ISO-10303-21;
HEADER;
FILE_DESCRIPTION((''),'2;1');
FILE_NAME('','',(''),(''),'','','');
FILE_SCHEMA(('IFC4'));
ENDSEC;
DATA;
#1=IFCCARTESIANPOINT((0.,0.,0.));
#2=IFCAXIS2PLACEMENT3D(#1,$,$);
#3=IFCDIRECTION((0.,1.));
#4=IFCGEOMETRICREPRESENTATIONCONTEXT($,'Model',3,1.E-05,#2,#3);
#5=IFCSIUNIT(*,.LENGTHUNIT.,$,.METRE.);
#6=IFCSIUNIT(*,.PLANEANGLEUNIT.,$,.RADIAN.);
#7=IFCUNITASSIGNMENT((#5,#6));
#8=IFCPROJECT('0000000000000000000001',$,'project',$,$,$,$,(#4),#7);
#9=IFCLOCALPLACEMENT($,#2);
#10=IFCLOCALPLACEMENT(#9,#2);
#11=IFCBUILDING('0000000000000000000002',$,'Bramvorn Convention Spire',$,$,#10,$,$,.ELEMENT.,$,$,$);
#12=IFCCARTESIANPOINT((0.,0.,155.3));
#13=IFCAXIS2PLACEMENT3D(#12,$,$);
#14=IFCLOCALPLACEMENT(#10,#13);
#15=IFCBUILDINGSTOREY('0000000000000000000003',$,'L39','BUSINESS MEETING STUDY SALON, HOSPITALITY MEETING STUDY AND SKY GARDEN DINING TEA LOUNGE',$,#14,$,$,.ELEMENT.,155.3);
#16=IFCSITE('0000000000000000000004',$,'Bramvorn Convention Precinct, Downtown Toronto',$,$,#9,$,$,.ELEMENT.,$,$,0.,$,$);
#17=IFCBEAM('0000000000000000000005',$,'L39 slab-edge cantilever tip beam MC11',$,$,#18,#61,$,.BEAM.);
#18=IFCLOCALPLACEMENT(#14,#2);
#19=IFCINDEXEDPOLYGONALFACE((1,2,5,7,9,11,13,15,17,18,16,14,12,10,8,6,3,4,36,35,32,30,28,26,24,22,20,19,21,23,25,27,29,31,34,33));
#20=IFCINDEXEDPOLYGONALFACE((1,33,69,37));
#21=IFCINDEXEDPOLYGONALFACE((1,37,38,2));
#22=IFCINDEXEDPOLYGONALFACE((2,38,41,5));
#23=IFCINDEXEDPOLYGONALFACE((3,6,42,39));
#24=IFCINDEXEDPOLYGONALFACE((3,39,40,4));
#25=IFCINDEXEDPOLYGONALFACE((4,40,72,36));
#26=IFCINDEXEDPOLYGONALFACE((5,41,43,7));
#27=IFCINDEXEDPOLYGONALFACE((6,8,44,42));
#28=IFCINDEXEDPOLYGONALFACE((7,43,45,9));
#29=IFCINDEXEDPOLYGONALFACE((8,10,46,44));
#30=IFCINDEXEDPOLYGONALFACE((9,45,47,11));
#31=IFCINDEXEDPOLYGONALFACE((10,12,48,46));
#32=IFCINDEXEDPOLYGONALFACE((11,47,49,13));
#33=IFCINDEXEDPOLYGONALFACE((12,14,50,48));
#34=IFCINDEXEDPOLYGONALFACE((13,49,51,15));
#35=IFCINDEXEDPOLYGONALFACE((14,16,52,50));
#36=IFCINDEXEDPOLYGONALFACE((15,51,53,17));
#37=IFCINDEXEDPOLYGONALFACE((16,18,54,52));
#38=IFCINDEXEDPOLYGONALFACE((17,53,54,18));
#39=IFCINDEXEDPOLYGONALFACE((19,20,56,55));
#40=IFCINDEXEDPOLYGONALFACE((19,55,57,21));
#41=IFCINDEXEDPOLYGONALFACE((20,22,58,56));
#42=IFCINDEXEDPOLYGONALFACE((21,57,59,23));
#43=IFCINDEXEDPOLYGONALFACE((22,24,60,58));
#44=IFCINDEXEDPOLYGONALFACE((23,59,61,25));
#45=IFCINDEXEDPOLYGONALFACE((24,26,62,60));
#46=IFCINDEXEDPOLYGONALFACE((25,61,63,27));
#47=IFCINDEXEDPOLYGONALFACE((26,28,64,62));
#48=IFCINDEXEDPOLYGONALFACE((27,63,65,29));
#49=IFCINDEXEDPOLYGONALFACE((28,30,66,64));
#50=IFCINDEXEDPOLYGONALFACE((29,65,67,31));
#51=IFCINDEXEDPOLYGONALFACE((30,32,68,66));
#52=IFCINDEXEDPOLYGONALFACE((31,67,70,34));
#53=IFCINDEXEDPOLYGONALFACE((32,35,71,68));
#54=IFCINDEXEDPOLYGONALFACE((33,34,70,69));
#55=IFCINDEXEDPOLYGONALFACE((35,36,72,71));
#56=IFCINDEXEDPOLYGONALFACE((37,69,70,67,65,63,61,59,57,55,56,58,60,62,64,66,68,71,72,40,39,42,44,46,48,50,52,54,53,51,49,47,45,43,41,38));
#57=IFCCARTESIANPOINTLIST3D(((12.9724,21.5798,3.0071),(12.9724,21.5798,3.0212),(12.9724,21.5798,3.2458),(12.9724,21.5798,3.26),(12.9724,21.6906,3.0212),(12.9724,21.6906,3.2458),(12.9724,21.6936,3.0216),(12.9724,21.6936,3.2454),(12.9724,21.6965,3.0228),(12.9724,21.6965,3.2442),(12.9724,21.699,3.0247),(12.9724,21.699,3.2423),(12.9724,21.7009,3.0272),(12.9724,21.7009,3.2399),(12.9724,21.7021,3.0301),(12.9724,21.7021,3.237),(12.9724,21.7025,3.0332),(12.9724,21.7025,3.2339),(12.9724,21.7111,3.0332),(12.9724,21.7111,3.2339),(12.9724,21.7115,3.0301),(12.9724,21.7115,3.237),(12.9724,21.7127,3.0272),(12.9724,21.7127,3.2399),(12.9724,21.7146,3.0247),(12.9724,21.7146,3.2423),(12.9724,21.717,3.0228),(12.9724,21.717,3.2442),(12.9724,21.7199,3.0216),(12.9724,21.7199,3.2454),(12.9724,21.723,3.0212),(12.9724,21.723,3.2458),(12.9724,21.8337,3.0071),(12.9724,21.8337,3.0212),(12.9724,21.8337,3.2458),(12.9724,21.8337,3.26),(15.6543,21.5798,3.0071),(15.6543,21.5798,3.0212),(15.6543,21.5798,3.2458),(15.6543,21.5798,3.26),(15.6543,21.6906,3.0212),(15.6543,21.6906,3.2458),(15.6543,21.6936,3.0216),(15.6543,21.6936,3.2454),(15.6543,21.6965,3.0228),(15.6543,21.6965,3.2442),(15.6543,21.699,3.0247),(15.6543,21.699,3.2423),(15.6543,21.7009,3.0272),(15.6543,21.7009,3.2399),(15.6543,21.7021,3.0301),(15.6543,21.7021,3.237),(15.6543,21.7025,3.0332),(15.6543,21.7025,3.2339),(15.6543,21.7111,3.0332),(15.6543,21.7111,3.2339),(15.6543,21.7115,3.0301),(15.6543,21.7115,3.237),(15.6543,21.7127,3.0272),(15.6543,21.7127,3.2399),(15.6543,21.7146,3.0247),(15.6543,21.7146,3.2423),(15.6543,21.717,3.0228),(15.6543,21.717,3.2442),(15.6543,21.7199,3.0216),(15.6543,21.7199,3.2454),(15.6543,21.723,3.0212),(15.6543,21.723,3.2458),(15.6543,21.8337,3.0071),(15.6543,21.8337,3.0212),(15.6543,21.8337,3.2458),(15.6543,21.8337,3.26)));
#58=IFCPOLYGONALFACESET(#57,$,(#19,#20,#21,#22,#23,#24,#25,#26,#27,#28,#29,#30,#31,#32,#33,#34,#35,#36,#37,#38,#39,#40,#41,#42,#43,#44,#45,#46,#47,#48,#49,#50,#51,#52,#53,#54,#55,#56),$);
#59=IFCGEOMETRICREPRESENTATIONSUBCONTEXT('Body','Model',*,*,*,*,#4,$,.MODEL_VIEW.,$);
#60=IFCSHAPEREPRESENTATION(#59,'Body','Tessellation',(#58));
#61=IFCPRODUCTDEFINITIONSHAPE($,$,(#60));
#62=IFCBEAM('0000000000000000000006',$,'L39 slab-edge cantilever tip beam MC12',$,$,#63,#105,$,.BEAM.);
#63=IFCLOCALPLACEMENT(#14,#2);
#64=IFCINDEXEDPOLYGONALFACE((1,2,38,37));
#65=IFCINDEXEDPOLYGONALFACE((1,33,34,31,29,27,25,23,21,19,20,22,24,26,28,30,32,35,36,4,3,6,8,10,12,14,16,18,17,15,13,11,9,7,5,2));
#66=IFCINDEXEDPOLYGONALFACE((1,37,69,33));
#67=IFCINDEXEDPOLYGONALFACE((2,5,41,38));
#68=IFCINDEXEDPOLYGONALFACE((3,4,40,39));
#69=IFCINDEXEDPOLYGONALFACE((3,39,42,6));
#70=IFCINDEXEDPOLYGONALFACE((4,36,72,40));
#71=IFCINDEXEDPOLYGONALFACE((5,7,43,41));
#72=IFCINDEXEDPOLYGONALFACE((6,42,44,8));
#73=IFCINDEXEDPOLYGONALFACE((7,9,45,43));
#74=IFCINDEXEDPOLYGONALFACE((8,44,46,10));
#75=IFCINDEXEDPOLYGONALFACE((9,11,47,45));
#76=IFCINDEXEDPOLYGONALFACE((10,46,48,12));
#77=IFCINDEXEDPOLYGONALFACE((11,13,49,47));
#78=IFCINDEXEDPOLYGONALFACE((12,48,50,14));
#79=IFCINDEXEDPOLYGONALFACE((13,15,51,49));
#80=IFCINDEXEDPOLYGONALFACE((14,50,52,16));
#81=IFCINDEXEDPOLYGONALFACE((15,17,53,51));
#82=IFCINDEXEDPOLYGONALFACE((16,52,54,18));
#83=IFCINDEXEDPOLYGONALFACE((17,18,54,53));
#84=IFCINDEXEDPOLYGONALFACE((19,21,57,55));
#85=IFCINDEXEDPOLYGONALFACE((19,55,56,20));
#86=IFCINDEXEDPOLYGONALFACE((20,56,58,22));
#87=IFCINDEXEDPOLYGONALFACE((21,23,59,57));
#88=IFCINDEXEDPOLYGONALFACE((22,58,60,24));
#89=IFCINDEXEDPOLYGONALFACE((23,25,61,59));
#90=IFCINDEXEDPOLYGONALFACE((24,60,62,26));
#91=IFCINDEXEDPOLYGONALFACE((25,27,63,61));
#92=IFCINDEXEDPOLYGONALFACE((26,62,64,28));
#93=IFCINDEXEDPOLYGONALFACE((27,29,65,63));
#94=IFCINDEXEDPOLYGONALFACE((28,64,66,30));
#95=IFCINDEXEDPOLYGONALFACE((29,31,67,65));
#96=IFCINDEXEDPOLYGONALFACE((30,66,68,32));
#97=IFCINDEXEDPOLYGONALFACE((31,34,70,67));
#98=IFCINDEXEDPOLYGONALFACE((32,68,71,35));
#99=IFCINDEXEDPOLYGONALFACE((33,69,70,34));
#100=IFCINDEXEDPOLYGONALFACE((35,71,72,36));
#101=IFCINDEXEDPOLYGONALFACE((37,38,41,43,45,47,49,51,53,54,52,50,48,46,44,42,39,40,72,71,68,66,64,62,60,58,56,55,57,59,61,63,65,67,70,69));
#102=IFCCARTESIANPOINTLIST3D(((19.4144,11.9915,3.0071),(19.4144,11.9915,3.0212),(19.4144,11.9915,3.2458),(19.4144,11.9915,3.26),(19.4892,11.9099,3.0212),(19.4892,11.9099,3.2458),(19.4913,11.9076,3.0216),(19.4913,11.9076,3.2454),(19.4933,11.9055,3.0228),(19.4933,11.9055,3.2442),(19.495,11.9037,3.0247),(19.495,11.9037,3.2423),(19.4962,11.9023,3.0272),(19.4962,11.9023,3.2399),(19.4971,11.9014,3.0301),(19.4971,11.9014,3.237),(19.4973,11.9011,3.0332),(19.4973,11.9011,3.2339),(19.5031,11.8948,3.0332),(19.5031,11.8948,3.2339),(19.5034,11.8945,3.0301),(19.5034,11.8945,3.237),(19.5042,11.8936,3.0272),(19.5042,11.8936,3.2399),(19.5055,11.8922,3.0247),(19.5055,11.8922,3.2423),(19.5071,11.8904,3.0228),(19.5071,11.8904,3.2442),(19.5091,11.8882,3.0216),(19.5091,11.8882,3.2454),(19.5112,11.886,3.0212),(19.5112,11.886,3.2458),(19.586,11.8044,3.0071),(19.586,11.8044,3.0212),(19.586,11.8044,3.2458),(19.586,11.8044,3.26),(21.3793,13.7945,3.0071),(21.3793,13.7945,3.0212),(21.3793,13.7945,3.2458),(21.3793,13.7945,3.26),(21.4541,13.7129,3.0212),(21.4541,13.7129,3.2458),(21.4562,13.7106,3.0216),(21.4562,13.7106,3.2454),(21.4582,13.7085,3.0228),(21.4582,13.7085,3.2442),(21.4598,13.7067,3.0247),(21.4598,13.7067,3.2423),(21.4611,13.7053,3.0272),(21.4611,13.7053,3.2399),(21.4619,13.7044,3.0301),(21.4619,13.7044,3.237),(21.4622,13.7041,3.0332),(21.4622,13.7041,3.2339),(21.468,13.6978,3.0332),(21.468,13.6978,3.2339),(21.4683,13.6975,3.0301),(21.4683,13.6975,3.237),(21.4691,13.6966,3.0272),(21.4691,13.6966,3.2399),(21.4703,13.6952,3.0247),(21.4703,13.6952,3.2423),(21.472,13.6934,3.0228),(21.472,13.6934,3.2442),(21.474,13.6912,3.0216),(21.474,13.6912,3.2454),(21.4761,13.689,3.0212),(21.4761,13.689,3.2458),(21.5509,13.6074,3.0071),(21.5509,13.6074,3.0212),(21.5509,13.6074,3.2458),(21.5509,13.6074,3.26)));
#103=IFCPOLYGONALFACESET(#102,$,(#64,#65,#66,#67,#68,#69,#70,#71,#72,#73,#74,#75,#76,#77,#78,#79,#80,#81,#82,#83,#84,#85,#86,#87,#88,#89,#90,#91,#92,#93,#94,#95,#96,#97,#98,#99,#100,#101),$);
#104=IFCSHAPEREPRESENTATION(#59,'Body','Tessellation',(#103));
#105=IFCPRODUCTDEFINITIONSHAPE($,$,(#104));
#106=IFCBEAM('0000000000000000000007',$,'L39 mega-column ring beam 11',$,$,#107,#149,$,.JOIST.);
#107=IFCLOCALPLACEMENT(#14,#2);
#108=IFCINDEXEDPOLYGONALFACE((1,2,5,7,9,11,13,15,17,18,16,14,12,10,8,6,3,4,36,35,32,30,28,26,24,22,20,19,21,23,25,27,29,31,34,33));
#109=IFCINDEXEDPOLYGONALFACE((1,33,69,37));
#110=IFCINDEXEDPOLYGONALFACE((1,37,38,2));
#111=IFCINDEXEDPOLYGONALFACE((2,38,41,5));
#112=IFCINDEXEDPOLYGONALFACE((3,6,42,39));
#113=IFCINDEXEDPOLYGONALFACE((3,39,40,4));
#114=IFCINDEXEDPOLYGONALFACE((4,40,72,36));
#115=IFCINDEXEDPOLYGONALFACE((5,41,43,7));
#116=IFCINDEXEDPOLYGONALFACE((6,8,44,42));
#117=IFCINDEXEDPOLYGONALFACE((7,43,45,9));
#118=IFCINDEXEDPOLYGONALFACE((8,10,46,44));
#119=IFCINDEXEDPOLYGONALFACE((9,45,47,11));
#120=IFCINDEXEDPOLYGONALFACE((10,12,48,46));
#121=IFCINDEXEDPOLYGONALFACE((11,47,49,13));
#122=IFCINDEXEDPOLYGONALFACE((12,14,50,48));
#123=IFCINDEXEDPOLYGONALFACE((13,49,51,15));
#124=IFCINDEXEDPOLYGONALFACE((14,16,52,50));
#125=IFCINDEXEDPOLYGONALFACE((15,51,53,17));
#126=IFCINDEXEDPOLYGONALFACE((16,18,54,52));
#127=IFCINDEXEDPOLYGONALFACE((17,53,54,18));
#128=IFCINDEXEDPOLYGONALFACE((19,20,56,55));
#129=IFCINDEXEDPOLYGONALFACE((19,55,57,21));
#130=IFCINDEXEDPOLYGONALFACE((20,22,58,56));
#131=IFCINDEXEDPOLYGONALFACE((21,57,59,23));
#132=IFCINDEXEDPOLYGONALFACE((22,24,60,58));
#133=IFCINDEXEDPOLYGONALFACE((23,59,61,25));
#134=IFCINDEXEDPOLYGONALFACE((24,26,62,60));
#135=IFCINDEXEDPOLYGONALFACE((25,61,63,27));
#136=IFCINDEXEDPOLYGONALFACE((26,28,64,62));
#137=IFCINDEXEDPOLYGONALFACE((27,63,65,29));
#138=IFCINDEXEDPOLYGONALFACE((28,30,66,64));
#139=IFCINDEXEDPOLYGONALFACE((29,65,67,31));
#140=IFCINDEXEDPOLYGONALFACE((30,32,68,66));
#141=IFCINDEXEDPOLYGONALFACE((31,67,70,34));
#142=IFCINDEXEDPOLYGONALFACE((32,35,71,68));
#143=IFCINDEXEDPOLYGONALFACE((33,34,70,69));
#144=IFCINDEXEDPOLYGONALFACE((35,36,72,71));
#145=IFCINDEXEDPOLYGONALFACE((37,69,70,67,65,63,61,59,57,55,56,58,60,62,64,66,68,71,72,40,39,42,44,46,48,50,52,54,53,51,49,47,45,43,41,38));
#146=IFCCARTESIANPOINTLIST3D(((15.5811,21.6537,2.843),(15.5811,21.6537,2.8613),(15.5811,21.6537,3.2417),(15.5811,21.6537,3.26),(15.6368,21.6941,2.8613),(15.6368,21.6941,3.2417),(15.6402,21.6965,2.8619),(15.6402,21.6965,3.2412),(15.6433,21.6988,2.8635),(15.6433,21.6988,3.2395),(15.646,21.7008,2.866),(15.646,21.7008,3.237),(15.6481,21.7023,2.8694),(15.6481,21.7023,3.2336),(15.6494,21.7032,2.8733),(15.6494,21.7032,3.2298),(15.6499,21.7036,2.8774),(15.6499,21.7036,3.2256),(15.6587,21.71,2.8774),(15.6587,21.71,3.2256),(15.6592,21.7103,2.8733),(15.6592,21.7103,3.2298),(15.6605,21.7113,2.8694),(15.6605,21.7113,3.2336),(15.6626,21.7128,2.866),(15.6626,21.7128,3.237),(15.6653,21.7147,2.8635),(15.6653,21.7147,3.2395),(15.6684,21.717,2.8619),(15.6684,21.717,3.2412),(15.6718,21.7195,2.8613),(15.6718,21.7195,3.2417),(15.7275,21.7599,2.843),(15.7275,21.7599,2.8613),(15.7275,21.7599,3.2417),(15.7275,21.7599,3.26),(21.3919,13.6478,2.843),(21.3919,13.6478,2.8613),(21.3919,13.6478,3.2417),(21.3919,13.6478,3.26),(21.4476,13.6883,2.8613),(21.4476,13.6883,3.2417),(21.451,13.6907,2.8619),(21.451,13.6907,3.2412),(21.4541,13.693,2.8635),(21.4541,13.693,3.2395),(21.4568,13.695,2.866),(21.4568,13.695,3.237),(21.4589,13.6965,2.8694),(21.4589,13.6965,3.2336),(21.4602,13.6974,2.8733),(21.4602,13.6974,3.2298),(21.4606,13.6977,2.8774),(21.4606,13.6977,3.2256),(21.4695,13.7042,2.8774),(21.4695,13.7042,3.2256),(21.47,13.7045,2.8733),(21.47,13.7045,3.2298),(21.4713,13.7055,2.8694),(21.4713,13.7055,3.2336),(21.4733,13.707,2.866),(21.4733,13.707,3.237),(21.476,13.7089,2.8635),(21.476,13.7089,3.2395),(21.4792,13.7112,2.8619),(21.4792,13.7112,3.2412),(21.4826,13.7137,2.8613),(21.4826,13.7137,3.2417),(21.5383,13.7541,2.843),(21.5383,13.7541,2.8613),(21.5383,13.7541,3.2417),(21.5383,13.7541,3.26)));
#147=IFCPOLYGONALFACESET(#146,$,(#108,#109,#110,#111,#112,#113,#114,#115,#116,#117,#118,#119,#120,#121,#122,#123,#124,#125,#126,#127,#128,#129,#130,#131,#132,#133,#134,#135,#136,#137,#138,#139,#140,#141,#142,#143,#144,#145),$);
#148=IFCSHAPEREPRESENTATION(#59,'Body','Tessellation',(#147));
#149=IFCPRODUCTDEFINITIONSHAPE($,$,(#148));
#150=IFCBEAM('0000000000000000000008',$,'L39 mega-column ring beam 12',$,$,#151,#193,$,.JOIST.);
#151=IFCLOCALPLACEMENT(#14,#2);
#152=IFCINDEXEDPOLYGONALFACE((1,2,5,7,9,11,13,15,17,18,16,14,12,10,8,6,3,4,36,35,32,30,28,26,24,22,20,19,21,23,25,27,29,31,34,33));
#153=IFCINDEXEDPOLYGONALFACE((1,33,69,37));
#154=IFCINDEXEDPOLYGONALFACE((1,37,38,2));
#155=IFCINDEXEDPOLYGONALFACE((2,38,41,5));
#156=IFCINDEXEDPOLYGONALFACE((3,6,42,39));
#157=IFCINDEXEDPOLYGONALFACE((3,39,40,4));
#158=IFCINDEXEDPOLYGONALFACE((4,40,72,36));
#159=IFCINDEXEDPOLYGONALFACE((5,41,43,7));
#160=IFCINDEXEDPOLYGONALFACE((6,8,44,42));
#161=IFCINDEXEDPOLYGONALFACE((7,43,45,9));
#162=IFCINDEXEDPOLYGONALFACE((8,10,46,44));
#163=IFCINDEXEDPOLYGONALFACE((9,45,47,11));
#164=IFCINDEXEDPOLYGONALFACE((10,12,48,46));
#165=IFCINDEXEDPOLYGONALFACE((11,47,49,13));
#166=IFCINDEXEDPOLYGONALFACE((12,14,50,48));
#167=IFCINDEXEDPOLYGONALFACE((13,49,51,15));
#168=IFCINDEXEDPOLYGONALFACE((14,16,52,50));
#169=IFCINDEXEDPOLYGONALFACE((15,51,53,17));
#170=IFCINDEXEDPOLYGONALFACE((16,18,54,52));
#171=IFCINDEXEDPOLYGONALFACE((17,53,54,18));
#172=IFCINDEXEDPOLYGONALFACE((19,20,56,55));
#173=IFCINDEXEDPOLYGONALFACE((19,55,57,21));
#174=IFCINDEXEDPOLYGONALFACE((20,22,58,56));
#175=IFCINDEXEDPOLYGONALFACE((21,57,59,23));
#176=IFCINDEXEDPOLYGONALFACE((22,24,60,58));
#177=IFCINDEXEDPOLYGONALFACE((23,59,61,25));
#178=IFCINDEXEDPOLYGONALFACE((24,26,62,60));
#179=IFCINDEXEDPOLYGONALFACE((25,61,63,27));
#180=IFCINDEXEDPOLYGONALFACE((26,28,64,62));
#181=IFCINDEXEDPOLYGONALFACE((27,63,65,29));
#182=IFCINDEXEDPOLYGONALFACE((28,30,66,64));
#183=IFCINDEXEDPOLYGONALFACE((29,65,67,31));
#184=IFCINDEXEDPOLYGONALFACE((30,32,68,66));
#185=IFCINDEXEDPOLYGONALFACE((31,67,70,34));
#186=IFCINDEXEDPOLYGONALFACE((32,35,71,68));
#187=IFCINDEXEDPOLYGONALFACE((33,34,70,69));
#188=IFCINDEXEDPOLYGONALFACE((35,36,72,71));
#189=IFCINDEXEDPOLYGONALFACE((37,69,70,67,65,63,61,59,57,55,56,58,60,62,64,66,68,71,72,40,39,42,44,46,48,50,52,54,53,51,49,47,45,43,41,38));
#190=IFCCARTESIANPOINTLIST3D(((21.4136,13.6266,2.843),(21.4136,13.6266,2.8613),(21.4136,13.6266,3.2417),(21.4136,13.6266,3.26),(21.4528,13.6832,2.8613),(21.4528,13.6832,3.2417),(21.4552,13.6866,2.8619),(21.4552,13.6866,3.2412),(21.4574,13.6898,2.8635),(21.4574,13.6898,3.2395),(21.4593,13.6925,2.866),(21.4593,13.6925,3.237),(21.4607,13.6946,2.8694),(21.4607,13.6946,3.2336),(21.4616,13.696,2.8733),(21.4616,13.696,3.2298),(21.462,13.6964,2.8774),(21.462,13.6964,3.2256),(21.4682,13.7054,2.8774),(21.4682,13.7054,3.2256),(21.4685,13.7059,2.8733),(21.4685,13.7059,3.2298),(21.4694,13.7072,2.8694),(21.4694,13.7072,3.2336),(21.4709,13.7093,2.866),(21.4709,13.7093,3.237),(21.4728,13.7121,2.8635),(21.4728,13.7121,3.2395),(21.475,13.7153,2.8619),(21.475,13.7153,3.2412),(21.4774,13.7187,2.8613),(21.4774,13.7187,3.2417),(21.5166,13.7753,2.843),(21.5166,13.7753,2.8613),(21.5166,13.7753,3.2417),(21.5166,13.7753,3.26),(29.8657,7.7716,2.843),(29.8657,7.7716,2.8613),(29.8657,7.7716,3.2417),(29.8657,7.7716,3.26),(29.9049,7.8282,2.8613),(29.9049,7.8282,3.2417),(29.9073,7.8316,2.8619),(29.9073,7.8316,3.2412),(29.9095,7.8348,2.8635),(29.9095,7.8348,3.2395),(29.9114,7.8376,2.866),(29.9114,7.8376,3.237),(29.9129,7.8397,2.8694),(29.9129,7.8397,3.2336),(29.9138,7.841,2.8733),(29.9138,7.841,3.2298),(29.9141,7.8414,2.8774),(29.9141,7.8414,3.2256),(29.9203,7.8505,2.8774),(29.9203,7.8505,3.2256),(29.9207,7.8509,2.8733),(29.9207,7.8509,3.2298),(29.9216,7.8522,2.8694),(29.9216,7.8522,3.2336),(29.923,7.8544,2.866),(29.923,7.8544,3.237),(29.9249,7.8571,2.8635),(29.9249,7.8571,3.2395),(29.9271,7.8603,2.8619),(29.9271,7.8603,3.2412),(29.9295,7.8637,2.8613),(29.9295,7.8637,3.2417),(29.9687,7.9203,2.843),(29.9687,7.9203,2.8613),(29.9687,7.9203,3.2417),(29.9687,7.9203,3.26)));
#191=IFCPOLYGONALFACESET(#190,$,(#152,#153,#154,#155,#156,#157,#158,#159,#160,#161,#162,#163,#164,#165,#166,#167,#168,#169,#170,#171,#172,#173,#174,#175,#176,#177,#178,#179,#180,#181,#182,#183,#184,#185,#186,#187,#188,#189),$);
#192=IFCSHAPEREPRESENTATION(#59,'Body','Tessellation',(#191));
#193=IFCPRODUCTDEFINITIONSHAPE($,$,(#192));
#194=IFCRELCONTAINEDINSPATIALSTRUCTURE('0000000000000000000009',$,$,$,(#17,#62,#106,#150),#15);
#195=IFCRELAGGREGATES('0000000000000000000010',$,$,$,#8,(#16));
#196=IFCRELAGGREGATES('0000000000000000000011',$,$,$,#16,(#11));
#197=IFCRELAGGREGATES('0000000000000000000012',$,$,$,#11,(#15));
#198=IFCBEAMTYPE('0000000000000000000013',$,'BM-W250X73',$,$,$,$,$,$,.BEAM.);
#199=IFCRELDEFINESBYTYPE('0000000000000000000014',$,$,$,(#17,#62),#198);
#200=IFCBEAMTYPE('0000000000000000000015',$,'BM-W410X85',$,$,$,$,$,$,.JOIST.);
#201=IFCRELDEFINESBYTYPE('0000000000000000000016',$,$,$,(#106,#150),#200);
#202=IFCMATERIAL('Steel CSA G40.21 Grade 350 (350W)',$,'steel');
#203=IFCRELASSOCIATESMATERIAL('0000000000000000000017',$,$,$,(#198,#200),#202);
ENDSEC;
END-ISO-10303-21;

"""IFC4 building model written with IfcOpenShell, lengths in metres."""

from ifc_helpers import new_model, si_unit, direction, frame, origin, origin_2d, place, context, subcontext, project, spatial, i_section, extrude, material, material_profile, profile_set, type_object, element, save


model = new_model("IFC4")

# Units and contexts
model_context = context("Model", 3, precision=1e-05, world=origin(), true_north=direction((0.0, 1.0)))
body_context = subcontext(model_context, "Body", "Model", "MODEL_VIEW")
ifc_project = project(units=[si_unit("LENGTHUNIT", "METRE"), si_unit("PLANEANGLEUNIT", "RADIAN")], contexts=[model_context])

# Site, building, storey
site_placement = place(None, origin())
site = spatial("IfcSite", under=ifc_project, at=site_placement, Name="Bramvorn Convention Precinct, Downtown Toronto", CompositionType="ELEMENT", RefElevation=0.0)
building_placement = place(site_placement, origin())
building = spatial("IfcBuilding", under=site, at=building_placement, Name="Bramvorn Convention Spire", CompositionType="ELEMENT")
storey_placement = place(building_placement, frame((0.0, 0.0, 155.3)))
storey = spatial("IfcBuildingStorey", under=building, at=storey_placement, Name="L39", Description="BUSINESS MEETING STUDY SALON, HOSPITALITY MEETING STUDY AND SKY GARDEN DINING TEA LOUNGE", CompositionType="ELEMENT", Elevation=155.3)

# Shared definitions
ifc_material_1 = material(Name="Steel CSA G40.21 Grade 350 (350W)", Category="steel")

# Beams
ifc_material_profile_1 = material_profile(ifc_material_1, i_section(OverallWidth=0.2539, OverallDepth=0.2529, WebThickness=0.0085, FlangeThickness=0.0142, FilletRadius=0.012, at=origin_2d()))
ifc_profile_set_1 = profile_set([ifc_material_profile_1], Name="Steel CSA G40.21 Grade 350 (350W) - W250X73")
beam_type_1 = type_object("IfcBeamType", Name="BM-W250X73", PredefinedType="BEAM", material=ifc_profile_set_1)
beam_1_placement = place(storey_placement, frame((15.6543, 21.7068, 3.1335), z_axis=(-1.0, 0.0, 0.0), x_axis=(0.0, -1.0, 0.0)))
element("IfcBeam", 1, at=beam_1_placement, inside=storey, type_object=beam_type_1, Name="L39 slab-edge cantilever tip beam MC11", PredefinedType="BEAM", context=body_context, shape_type="SweptSolid", body=[
    extrude(i_section(OverallWidth=0.2539, OverallDepth=0.2529, WebThickness=0.0085, FlangeThickness=0.0142, FilletRadius=0.012, at=origin_2d()), origin(), (0.0, 0.0, 1.0), 2.6819),
])
beam_2_placement = place(storey_placement, frame((21.4651, 13.7009, 3.1335), z_axis=(-0.736804, -0.676106, 0.0), x_axis=(0.676106, -0.736804, 0.0)))
element("IfcBeam", 2, at=beam_2_placement, inside=storey, type_object=beam_type_1, Name="L39 slab-edge cantilever tip beam MC12", PredefinedType="BEAM", context=body_context, shape_type="SweptSolid", body=[
    extrude(i_section(OverallWidth=0.2539, OverallDepth=0.2529, WebThickness=0.0085, FlangeThickness=0.0142, FilletRadius=0.012, at=origin_2d()), origin(), (0.0, 0.0, 1.0), 2.6667),
])
ifc_material_profile_2 = material_profile(ifc_material_1, i_section(OverallWidth=0.1809, OverallDepth=0.417, WebThickness=0.011, FlangeThickness=0.0183, FilletRadius=0.0161, at=origin_2d()))
ifc_profile_set_2 = profile_set([ifc_material_profile_2], Name="Steel CSA G40.21 Grade 350 (350W) - W410X85")
beam_type_2 = type_object("IfcBeamType", Name="BM-W410X85", PredefinedType="JOIST", material=ifc_profile_set_2)
beam_3_placement = place(storey_placement, frame((15.6543, 21.7068, 3.0515), z_axis=(0.587401, -0.809296, 0.0), x_axis=(0.809296, 0.587401, 0.0)))
element("IfcBeam", 3, at=beam_3_placement, inside=storey, type_object=beam_type_2, Name="L39 mega-column ring beam 11", PredefinedType="JOIST", context=body_context, shape_type="SweptSolid", body=[
    extrude(i_section(OverallWidth=0.1809, OverallDepth=0.417, WebThickness=0.011, FlangeThickness=0.0183, FilletRadius=0.0161, at=origin_2d()), origin(), (0.0, 0.0, 1.0), 9.8923),
])
beam_4_placement = place(storey_placement, frame((21.4651, 13.7009, 3.0515), z_axis=(0.822033, -0.56944, 0.0), x_axis=(0.56944, 0.822033, 0.0)))
element("IfcBeam", 4, at=beam_4_placement, inside=storey, type_object=beam_type_2, Name="L39 mega-column ring beam 12", PredefinedType="JOIST", context=body_context, shape_type="SweptSolid", body=[
    extrude(i_section(OverallWidth=0.1809, OverallDepth=0.417, WebThickness=0.011, FlangeThickness=0.0183, FilletRadius=0.0161, at=origin_2d()), origin(), (0.0, 0.0, 1.0), 10.282),
])

save(model, "model.ifc")
